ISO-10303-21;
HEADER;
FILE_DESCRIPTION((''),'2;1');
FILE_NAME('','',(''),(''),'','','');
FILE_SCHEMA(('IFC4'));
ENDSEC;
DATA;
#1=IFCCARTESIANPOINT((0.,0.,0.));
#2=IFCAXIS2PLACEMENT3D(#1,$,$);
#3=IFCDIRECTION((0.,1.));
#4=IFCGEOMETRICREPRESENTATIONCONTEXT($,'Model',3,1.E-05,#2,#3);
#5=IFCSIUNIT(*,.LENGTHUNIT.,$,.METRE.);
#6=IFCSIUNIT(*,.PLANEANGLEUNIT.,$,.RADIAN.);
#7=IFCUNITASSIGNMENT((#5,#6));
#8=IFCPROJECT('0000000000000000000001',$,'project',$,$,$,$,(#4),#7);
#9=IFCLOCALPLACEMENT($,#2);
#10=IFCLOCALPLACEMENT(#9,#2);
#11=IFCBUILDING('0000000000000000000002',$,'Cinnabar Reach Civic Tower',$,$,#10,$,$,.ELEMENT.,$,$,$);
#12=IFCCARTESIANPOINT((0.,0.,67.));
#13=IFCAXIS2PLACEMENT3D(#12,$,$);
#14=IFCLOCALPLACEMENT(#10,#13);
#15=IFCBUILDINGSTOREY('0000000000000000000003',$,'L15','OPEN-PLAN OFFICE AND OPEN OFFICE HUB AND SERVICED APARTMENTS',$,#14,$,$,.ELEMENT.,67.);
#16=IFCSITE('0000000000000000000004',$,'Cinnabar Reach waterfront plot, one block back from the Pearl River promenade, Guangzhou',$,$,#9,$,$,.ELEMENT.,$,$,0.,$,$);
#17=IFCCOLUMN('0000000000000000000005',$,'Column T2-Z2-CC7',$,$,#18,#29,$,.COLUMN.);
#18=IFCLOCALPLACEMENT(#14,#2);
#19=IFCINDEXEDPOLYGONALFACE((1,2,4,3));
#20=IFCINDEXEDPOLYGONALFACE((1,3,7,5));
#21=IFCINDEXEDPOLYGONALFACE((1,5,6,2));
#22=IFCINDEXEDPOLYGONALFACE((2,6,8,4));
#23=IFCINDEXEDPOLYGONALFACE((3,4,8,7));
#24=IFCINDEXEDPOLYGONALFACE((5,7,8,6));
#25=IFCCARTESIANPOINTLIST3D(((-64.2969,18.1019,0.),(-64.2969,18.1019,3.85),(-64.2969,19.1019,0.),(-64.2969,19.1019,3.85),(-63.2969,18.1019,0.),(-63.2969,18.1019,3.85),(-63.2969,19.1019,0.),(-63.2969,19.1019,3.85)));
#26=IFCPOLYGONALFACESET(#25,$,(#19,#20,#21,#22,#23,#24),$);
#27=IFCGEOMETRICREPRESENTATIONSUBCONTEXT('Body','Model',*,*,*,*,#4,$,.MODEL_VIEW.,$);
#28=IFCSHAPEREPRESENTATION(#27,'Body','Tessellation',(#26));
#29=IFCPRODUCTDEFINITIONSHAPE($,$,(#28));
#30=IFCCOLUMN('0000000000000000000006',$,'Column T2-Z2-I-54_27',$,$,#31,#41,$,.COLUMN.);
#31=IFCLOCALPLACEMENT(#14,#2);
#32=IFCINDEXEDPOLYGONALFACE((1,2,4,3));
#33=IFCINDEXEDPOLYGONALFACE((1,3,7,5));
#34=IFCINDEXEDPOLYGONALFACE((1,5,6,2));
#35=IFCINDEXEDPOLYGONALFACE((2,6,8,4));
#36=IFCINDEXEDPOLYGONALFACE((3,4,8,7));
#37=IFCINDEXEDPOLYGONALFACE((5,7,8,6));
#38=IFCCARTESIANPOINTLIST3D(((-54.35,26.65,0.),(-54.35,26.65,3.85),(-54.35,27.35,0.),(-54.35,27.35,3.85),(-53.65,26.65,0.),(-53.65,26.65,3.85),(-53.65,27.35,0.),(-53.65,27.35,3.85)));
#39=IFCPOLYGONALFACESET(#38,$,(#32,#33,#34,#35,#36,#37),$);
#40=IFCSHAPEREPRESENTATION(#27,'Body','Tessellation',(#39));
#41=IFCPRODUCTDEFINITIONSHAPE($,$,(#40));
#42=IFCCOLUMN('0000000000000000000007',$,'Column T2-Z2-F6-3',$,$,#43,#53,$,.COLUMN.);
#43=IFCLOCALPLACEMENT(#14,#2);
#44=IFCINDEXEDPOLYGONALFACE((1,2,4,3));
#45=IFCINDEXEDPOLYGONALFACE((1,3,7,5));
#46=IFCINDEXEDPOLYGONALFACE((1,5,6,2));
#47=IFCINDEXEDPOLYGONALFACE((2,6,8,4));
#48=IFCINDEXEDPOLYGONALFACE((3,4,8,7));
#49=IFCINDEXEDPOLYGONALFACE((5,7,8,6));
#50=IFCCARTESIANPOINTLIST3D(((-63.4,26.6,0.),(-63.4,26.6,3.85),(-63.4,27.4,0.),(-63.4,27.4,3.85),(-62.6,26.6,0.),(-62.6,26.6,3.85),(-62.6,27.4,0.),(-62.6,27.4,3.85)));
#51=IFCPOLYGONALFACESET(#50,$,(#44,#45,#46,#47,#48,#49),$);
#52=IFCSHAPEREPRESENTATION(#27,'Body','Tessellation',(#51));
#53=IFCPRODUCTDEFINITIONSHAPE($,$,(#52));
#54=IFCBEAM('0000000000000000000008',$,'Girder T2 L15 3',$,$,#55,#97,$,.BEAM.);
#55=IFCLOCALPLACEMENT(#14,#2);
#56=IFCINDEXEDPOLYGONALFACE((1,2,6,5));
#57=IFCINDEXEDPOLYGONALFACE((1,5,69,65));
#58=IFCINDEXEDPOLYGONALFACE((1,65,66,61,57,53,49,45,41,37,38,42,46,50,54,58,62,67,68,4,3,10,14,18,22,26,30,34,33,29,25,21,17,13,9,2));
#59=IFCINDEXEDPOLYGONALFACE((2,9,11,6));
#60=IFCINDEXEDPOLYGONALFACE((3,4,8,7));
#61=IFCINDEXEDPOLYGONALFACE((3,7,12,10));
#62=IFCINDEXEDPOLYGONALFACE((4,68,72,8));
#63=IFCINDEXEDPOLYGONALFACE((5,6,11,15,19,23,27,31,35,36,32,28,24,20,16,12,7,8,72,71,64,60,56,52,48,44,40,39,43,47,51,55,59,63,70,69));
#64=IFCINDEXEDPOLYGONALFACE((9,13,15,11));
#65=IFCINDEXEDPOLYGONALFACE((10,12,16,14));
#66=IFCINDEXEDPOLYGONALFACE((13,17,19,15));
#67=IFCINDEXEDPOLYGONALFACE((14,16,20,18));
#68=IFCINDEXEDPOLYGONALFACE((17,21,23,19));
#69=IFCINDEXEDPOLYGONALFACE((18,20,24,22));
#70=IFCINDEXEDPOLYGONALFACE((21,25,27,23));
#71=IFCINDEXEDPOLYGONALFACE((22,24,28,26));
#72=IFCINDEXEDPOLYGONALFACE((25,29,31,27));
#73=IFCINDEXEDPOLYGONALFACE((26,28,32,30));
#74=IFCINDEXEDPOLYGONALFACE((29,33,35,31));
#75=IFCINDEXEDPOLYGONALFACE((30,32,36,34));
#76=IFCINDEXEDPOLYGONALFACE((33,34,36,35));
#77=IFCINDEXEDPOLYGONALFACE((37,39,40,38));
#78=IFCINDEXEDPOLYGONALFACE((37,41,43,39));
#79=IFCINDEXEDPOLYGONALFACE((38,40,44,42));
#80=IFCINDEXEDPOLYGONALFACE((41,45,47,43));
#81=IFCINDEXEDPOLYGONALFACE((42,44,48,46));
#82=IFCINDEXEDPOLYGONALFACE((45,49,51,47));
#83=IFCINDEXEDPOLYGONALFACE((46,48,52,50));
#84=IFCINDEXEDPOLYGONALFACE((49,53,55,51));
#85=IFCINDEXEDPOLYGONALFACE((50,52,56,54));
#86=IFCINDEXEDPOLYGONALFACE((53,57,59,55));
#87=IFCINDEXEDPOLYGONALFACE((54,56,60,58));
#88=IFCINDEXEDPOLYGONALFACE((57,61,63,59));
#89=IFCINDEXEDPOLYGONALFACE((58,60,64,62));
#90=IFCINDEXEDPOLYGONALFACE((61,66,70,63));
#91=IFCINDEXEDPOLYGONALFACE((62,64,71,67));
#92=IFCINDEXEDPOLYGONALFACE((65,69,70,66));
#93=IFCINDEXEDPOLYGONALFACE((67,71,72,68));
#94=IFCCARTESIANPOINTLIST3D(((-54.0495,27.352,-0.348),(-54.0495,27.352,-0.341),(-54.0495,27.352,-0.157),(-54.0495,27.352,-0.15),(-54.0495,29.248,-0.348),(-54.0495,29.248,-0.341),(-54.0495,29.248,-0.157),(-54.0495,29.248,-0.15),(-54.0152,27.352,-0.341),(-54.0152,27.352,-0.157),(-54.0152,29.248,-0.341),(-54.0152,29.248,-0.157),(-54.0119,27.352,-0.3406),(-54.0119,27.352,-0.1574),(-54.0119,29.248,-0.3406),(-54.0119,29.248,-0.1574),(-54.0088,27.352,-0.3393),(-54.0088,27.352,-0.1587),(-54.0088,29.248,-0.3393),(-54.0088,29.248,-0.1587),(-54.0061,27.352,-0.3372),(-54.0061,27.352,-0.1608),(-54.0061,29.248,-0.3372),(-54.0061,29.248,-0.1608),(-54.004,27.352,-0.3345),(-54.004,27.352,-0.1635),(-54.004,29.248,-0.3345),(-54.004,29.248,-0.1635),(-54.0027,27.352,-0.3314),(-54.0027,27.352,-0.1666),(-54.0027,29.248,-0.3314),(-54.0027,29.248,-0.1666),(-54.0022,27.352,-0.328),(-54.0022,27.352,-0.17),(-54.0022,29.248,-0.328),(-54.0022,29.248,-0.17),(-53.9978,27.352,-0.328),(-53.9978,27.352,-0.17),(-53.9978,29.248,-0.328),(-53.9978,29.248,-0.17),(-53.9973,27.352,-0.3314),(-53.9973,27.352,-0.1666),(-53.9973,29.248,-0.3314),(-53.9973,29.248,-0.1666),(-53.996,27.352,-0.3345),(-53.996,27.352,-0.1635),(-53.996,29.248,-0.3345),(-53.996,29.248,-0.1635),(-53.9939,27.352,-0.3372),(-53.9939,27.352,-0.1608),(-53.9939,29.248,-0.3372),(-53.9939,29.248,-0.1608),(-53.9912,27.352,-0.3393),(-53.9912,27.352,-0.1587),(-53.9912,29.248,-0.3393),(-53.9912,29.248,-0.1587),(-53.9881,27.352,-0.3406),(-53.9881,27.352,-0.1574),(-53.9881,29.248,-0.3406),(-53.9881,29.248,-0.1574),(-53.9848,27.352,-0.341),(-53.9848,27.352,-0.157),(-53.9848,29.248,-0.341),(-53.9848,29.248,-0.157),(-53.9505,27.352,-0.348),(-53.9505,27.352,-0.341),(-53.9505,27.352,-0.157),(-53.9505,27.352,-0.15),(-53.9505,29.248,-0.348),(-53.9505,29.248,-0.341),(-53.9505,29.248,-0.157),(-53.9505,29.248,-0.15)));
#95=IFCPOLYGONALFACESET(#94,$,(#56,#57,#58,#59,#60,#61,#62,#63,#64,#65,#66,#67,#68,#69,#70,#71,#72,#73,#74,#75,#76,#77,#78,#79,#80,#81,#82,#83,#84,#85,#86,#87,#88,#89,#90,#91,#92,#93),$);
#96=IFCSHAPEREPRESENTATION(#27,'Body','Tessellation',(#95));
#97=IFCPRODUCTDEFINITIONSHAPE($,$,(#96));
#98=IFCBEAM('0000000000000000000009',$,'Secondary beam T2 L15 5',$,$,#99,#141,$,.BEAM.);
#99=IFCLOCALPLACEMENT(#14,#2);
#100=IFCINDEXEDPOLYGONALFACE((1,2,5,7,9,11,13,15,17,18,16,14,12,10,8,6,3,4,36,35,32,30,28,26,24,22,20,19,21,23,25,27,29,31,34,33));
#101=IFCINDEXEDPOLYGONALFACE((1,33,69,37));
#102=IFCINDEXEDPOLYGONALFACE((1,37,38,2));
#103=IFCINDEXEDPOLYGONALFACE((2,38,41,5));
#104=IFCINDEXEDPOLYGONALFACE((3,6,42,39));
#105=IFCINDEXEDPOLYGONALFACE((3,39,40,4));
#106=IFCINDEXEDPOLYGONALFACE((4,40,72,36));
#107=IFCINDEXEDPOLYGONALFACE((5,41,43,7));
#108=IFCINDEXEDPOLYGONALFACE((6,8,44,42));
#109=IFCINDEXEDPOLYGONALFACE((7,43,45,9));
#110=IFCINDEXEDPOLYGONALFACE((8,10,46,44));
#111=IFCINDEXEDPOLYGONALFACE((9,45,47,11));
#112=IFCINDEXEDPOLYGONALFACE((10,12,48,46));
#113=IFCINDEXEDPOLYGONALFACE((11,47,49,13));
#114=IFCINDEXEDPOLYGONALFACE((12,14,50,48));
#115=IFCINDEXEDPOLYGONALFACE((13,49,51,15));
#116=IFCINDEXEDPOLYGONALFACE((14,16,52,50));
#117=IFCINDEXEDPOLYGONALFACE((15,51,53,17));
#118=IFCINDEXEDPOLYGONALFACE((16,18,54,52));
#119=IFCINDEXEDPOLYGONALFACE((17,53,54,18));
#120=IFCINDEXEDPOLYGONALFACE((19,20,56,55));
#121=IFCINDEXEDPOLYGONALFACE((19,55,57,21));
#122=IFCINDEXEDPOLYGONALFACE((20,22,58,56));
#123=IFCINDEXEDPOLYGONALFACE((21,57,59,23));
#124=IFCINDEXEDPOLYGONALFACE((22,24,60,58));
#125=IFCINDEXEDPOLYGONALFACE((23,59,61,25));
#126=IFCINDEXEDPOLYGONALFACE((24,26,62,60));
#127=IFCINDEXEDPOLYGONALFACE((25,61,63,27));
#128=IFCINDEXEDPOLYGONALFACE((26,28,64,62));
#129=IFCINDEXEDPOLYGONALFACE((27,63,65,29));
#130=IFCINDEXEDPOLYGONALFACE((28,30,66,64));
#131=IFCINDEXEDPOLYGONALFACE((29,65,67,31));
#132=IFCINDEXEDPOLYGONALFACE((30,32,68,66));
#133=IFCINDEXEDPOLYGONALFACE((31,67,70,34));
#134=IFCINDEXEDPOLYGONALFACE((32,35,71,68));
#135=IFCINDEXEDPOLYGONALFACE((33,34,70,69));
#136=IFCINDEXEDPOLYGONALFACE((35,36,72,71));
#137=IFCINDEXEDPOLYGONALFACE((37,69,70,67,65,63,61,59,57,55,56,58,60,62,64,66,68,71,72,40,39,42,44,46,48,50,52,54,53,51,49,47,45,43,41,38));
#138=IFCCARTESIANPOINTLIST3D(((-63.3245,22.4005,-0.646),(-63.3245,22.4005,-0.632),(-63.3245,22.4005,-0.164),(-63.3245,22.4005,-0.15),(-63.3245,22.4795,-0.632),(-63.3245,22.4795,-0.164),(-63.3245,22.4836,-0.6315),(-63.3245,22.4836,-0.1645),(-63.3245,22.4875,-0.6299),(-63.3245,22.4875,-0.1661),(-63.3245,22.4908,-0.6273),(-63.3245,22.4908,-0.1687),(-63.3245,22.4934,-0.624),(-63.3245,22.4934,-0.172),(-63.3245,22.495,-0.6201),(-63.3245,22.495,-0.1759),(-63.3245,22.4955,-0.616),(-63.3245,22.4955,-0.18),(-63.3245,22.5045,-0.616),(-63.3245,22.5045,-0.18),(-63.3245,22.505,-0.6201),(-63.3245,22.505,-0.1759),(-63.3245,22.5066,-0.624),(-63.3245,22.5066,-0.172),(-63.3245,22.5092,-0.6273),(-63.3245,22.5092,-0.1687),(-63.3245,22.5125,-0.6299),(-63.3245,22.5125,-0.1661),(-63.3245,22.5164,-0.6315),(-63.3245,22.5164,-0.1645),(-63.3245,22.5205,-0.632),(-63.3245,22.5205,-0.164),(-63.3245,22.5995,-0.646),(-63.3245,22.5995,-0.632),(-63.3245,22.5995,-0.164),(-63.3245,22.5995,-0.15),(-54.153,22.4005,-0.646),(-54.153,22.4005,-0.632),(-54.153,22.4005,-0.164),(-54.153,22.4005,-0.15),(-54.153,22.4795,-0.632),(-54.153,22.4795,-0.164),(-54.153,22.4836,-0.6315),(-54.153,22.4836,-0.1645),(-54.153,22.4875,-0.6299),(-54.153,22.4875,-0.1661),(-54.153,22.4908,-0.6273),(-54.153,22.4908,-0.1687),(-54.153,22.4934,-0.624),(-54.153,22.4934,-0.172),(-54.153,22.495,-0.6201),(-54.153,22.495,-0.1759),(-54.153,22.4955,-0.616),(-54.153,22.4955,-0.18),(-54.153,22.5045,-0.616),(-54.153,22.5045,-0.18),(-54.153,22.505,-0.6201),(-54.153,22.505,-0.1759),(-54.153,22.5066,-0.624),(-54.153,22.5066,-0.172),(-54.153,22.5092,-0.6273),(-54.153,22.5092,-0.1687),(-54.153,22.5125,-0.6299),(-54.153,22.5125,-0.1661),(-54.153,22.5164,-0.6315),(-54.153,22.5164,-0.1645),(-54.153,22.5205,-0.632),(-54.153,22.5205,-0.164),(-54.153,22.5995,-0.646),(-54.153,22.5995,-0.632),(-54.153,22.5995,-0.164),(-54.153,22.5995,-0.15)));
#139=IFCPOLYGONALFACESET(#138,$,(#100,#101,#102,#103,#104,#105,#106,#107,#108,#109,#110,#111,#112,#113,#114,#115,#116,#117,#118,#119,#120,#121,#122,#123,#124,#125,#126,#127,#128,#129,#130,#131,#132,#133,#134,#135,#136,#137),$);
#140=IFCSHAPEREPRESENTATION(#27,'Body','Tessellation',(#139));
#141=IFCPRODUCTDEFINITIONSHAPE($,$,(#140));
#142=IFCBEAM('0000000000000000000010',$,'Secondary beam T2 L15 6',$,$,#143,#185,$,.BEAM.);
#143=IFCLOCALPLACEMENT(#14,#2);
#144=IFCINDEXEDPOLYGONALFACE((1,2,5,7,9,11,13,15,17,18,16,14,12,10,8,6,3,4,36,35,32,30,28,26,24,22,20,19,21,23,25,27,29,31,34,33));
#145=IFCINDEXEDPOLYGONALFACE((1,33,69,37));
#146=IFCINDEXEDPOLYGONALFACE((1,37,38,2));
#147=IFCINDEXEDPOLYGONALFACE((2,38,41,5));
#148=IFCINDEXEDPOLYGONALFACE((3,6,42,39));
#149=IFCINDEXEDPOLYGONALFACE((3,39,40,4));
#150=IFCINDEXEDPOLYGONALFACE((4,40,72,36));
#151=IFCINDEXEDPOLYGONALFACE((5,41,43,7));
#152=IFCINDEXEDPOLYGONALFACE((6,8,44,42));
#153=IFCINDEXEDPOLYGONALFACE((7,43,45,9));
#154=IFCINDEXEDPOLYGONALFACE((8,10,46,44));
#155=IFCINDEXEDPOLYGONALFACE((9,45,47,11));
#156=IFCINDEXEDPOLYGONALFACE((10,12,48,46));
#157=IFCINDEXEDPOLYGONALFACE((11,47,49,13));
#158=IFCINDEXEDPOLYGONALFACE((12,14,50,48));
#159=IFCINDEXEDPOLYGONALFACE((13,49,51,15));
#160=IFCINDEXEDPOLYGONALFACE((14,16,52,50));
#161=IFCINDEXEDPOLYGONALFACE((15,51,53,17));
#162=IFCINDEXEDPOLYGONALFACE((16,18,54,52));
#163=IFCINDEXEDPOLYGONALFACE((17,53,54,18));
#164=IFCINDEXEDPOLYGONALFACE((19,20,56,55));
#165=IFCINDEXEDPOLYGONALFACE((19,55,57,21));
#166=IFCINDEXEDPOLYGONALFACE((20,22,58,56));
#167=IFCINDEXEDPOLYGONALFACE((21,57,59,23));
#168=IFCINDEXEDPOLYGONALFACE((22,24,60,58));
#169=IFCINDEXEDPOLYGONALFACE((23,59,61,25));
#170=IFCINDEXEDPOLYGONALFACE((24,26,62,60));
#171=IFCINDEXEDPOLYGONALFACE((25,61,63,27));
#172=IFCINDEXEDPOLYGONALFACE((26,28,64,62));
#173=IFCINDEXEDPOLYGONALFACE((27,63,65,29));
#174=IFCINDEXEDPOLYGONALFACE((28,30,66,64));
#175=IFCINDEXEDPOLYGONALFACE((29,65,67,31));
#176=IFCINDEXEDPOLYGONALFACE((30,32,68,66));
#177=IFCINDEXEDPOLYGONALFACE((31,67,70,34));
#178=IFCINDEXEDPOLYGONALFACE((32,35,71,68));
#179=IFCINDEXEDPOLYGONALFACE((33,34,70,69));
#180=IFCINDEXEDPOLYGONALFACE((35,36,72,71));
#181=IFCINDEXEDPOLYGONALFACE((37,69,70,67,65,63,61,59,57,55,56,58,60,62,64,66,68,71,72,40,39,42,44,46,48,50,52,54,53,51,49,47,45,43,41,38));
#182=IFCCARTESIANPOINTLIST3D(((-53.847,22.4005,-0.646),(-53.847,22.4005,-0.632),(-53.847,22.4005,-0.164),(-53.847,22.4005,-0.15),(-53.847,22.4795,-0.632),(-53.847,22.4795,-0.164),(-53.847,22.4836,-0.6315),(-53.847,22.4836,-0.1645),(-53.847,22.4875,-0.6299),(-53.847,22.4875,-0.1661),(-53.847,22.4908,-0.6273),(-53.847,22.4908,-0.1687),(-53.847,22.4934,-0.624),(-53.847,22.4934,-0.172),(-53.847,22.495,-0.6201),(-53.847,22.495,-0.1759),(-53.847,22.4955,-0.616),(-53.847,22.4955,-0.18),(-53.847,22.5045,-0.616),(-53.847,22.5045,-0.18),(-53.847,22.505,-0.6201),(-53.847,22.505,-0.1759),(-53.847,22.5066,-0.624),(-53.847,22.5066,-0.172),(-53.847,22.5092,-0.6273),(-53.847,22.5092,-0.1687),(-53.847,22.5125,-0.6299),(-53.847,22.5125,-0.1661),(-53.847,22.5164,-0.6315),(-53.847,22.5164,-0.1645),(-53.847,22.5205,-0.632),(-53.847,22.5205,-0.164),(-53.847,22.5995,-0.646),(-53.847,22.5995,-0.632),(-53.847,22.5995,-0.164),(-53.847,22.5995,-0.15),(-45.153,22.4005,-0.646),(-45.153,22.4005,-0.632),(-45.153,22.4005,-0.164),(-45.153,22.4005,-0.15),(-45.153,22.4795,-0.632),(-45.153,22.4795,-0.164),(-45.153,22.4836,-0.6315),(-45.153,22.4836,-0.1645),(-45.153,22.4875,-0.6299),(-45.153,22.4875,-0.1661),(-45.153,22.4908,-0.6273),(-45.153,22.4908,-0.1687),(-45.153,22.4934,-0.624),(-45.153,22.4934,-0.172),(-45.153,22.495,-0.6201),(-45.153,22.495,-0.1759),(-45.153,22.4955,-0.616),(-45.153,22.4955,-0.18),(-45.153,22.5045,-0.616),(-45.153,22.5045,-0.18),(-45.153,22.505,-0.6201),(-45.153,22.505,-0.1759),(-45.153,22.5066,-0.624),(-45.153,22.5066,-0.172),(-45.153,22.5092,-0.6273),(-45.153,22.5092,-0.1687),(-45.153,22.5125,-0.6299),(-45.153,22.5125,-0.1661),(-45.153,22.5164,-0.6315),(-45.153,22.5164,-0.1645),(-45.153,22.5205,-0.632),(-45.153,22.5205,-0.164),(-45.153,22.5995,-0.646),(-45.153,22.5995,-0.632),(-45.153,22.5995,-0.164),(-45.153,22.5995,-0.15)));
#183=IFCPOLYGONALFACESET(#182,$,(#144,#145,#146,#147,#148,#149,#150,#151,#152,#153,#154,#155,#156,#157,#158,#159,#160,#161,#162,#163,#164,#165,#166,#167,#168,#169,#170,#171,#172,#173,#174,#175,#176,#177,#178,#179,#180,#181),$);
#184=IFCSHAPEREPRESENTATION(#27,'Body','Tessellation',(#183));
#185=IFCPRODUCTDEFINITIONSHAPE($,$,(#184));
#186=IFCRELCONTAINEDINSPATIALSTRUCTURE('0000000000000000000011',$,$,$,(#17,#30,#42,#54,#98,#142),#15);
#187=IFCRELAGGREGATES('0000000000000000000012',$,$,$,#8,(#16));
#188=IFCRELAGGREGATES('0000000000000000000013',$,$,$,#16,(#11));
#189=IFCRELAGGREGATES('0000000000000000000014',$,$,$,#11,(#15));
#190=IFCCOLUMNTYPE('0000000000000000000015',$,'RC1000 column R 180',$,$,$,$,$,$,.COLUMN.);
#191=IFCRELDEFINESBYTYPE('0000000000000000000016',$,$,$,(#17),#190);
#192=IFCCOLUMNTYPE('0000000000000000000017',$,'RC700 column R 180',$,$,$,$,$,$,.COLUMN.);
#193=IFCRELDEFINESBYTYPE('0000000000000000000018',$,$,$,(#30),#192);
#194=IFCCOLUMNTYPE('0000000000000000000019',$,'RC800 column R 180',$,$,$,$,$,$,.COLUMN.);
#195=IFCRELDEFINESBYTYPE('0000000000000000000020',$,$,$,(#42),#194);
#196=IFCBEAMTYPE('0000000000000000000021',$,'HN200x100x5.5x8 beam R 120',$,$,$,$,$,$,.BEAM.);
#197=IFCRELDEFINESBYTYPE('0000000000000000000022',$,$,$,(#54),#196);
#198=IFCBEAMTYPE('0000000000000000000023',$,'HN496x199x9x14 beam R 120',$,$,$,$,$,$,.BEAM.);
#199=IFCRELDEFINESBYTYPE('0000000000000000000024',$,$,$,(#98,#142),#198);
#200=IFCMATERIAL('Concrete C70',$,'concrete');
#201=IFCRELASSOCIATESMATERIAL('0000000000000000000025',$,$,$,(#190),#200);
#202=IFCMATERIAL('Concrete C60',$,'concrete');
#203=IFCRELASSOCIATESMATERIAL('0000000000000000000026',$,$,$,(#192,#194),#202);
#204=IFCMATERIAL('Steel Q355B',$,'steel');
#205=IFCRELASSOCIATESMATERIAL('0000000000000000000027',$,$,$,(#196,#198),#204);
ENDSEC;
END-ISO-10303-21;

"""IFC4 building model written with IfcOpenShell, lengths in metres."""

from ifc_helpers import new_model, si_unit, direction, frame, origin, origin_2d, place, context, subcontext, project, spatial, rectangle, i_section, extrude, material, material_profile, profile_set, type_object, element, save


model = new_model("IFC4")

# Units and contexts
model_context = context("Model", 3, precision=1e-05, world=origin(), true_north=direction((0.0, 1.0)))
body_context = subcontext(model_context, "Body", "Model", "MODEL_VIEW")
ifc_project = project(units=[si_unit("LENGTHUNIT", "METRE"), si_unit("PLANEANGLEUNIT", "RADIAN")], contexts=[model_context])

# Site, building, storey
site_placement = place(None, origin())
site = spatial("IfcSite", under=ifc_project, at=site_placement, Name="Cinnabar Reach waterfront plot, one block back from the Pearl River promenade, Guangzhou", CompositionType="ELEMENT", RefElevation=0.0)
building_placement = place(site_placement, origin())
building = spatial("IfcBuilding", under=site, at=building_placement, Name="Cinnabar Reach Civic Tower", CompositionType="ELEMENT")
storey_placement = place(building_placement, frame((0.0, 0.0, 67.0)))
storey = spatial("IfcBuildingStorey", under=building, at=storey_placement, Name="L15", Description="OPEN-PLAN OFFICE AND OPEN OFFICE HUB AND SERVICED APARTMENTS", CompositionType="ELEMENT", Elevation=67.0)

# Columns
ifc_material_1 = material(Name="Concrete C70", Category="concrete")
ifc_material_profile_1 = material_profile(ifc_material_1, rectangle(XDim=1.0, YDim=1.0, at=origin_2d()), Name="RC1000")
ifc_profile_set_1 = profile_set([ifc_material_profile_1], Name="Concrete C70")
column_type_1 = type_object("IfcColumnType", Name="RC1000 column R 180", PredefinedType="COLUMN", material=ifc_profile_set_1)
column_1_placement = place(storey_placement, frame((-63.7969, 18.6019, 0.0), z_axis=(0.0, 0.0, 1.0), x_axis=(1.0, 0.0, 0.0)))
element("IfcColumn", 1, at=column_1_placement, inside=storey, type_object=column_type_1, Name="Column T2-Z2-CC7", PredefinedType="COLUMN", context=body_context, shape_type="SweptSolid", body=[
    extrude(rectangle(XDim=1.0, YDim=1.0, at=origin_2d()), origin(), (0.0, 0.0, 1.0), 3.85),
])
ifc_material_2 = material(Name="Concrete C60", Category="concrete")
ifc_material_profile_2 = material_profile(ifc_material_2, rectangle(XDim=0.7, YDim=0.7, at=origin_2d()), Name="RC700")
ifc_profile_set_2 = profile_set([ifc_material_profile_2], Name="Concrete C60")
column_type_2 = type_object("IfcColumnType", Name="RC700 column R 180", PredefinedType="COLUMN", material=ifc_profile_set_2)
column_2_placement = place(storey_placement, frame((-54.0, 27.0, 0.0), z_axis=(0.0, 0.0, 1.0), x_axis=(1.0, 0.0, 0.0)))
element("IfcColumn", 2, at=column_2_placement, inside=storey, type_object=column_type_2, Name="Column T2-Z2-I-54_27", PredefinedType="COLUMN", context=body_context, shape_type="SweptSolid", body=[
    extrude(rectangle(XDim=0.7, YDim=0.7, at=origin_2d()), origin(), (0.0, 0.0, 1.0), 3.85),
])
ifc_material_profile_3 = material_profile(ifc_material_2, rectangle(XDim=0.8, YDim=0.8, at=origin_2d()), Name="RC800")
ifc_profile_set_3 = profile_set([ifc_material_profile_3], Name="Concrete C60")
column_type_3 = type_object("IfcColumnType", Name="RC800 column R 180", PredefinedType="COLUMN", material=ifc_profile_set_3)
column_3_placement = place(storey_placement, frame((-63.0, 27.0, 0.0), z_axis=(0.0, 0.0, 1.0), x_axis=(1.0, 0.0, 0.0)))
element("IfcColumn", 3, at=column_3_placement, inside=storey, type_object=column_type_3, Name="Column T2-Z2-F6-3", PredefinedType="COLUMN", context=body_context, shape_type="SweptSolid", body=[
    extrude(rectangle(XDim=0.8, YDim=0.8, at=origin_2d()), origin(), (0.0, 0.0, 1.0), 3.85),
])

# Beams
ifc_material_3 = material(Name="Steel Q355B", Category="steel")
ifc_material_profile_4 = material_profile(ifc_material_3, i_section(OverallWidth=0.099, OverallDepth=0.198, WebThickness=0.0045, FlangeThickness=0.007, FilletRadius=0.013, at=origin_2d()), Name="HN200x100x5.5x8")
ifc_profile_set_4 = profile_set([ifc_material_profile_4], Name="Steel Q355B")
beam_type_1 = type_object("IfcBeamType", Name="HN200x100x5.5x8 beam R 120", PredefinedType="BEAM", material=ifc_profile_set_4)
beam_1_placement = place(storey_placement, frame((-54.0, 27.352, -0.249), z_axis=(0.0, 1.0, 0.0), x_axis=(-1.0, 0.0, 0.0)))
element("IfcBeam", 4, at=beam_1_placement, inside=storey, type_object=beam_type_1, Name="Girder T2 L15 3", PredefinedType="BEAM", context=body_context, shape_type="SweptSolid", body=[
    extrude(i_section(OverallWidth=0.099, OverallDepth=0.198, WebThickness=0.0045, FlangeThickness=0.007, FilletRadius=0.013, at=origin_2d()), origin(), (0.0, 0.0, 1.0), 1.896),
])
ifc_material_profile_5 = material_profile(ifc_material_3, i_section(OverallWidth=0.199, OverallDepth=0.496, WebThickness=0.009, FlangeThickness=0.014, FilletRadius=0.016, at=origin_2d()), Name="HN496x199x9x14")
ifc_profile_set_5 = profile_set([ifc_material_profile_5], Name="Steel Q355B")
beam_type_2 = type_object("IfcBeamType", Name="HN496x199x9x14 beam R 120", PredefinedType="BEAM", material=ifc_profile_set_5)
beam_2_placement = place(storey_placement, frame((-63.3245, 22.5, -0.398), z_axis=(1.0, 0.0, 0.0), x_axis=(0.0, 1.0, 0.0)))
element("IfcBeam", 5, at=beam_2_placement, inside=storey, type_object=beam_type_2, Name="Secondary beam T2 L15 5", PredefinedType="BEAM", context=body_context, shape_type="SweptSolid", body=[
    extrude(i_section(OverallWidth=0.199, OverallDepth=0.496, WebThickness=0.009, FlangeThickness=0.014, FilletRadius=0.016, at=origin_2d()), origin(), (0.0, 0.0, 1.0), 9.1715),
])
beam_3_placement = place(storey_placement, frame((-53.847, 22.5, -0.398), z_axis=(1.0, 0.0, 0.0), x_axis=(0.0, 1.0, 0.0)))
element("IfcBeam", 6, at=beam_3_placement, inside=storey, type_object=beam_type_2, Name="Secondary beam T2 L15 6", PredefinedType="BEAM", context=body_context, shape_type="SweptSolid", body=[
    extrude(i_section(OverallWidth=0.199, OverallDepth=0.496, WebThickness=0.009, FlangeThickness=0.014, FilletRadius=0.016, at=origin_2d()), origin(), (0.0, 0.0, 1.0), 8.694),
])

save(model, "model.ifc")
